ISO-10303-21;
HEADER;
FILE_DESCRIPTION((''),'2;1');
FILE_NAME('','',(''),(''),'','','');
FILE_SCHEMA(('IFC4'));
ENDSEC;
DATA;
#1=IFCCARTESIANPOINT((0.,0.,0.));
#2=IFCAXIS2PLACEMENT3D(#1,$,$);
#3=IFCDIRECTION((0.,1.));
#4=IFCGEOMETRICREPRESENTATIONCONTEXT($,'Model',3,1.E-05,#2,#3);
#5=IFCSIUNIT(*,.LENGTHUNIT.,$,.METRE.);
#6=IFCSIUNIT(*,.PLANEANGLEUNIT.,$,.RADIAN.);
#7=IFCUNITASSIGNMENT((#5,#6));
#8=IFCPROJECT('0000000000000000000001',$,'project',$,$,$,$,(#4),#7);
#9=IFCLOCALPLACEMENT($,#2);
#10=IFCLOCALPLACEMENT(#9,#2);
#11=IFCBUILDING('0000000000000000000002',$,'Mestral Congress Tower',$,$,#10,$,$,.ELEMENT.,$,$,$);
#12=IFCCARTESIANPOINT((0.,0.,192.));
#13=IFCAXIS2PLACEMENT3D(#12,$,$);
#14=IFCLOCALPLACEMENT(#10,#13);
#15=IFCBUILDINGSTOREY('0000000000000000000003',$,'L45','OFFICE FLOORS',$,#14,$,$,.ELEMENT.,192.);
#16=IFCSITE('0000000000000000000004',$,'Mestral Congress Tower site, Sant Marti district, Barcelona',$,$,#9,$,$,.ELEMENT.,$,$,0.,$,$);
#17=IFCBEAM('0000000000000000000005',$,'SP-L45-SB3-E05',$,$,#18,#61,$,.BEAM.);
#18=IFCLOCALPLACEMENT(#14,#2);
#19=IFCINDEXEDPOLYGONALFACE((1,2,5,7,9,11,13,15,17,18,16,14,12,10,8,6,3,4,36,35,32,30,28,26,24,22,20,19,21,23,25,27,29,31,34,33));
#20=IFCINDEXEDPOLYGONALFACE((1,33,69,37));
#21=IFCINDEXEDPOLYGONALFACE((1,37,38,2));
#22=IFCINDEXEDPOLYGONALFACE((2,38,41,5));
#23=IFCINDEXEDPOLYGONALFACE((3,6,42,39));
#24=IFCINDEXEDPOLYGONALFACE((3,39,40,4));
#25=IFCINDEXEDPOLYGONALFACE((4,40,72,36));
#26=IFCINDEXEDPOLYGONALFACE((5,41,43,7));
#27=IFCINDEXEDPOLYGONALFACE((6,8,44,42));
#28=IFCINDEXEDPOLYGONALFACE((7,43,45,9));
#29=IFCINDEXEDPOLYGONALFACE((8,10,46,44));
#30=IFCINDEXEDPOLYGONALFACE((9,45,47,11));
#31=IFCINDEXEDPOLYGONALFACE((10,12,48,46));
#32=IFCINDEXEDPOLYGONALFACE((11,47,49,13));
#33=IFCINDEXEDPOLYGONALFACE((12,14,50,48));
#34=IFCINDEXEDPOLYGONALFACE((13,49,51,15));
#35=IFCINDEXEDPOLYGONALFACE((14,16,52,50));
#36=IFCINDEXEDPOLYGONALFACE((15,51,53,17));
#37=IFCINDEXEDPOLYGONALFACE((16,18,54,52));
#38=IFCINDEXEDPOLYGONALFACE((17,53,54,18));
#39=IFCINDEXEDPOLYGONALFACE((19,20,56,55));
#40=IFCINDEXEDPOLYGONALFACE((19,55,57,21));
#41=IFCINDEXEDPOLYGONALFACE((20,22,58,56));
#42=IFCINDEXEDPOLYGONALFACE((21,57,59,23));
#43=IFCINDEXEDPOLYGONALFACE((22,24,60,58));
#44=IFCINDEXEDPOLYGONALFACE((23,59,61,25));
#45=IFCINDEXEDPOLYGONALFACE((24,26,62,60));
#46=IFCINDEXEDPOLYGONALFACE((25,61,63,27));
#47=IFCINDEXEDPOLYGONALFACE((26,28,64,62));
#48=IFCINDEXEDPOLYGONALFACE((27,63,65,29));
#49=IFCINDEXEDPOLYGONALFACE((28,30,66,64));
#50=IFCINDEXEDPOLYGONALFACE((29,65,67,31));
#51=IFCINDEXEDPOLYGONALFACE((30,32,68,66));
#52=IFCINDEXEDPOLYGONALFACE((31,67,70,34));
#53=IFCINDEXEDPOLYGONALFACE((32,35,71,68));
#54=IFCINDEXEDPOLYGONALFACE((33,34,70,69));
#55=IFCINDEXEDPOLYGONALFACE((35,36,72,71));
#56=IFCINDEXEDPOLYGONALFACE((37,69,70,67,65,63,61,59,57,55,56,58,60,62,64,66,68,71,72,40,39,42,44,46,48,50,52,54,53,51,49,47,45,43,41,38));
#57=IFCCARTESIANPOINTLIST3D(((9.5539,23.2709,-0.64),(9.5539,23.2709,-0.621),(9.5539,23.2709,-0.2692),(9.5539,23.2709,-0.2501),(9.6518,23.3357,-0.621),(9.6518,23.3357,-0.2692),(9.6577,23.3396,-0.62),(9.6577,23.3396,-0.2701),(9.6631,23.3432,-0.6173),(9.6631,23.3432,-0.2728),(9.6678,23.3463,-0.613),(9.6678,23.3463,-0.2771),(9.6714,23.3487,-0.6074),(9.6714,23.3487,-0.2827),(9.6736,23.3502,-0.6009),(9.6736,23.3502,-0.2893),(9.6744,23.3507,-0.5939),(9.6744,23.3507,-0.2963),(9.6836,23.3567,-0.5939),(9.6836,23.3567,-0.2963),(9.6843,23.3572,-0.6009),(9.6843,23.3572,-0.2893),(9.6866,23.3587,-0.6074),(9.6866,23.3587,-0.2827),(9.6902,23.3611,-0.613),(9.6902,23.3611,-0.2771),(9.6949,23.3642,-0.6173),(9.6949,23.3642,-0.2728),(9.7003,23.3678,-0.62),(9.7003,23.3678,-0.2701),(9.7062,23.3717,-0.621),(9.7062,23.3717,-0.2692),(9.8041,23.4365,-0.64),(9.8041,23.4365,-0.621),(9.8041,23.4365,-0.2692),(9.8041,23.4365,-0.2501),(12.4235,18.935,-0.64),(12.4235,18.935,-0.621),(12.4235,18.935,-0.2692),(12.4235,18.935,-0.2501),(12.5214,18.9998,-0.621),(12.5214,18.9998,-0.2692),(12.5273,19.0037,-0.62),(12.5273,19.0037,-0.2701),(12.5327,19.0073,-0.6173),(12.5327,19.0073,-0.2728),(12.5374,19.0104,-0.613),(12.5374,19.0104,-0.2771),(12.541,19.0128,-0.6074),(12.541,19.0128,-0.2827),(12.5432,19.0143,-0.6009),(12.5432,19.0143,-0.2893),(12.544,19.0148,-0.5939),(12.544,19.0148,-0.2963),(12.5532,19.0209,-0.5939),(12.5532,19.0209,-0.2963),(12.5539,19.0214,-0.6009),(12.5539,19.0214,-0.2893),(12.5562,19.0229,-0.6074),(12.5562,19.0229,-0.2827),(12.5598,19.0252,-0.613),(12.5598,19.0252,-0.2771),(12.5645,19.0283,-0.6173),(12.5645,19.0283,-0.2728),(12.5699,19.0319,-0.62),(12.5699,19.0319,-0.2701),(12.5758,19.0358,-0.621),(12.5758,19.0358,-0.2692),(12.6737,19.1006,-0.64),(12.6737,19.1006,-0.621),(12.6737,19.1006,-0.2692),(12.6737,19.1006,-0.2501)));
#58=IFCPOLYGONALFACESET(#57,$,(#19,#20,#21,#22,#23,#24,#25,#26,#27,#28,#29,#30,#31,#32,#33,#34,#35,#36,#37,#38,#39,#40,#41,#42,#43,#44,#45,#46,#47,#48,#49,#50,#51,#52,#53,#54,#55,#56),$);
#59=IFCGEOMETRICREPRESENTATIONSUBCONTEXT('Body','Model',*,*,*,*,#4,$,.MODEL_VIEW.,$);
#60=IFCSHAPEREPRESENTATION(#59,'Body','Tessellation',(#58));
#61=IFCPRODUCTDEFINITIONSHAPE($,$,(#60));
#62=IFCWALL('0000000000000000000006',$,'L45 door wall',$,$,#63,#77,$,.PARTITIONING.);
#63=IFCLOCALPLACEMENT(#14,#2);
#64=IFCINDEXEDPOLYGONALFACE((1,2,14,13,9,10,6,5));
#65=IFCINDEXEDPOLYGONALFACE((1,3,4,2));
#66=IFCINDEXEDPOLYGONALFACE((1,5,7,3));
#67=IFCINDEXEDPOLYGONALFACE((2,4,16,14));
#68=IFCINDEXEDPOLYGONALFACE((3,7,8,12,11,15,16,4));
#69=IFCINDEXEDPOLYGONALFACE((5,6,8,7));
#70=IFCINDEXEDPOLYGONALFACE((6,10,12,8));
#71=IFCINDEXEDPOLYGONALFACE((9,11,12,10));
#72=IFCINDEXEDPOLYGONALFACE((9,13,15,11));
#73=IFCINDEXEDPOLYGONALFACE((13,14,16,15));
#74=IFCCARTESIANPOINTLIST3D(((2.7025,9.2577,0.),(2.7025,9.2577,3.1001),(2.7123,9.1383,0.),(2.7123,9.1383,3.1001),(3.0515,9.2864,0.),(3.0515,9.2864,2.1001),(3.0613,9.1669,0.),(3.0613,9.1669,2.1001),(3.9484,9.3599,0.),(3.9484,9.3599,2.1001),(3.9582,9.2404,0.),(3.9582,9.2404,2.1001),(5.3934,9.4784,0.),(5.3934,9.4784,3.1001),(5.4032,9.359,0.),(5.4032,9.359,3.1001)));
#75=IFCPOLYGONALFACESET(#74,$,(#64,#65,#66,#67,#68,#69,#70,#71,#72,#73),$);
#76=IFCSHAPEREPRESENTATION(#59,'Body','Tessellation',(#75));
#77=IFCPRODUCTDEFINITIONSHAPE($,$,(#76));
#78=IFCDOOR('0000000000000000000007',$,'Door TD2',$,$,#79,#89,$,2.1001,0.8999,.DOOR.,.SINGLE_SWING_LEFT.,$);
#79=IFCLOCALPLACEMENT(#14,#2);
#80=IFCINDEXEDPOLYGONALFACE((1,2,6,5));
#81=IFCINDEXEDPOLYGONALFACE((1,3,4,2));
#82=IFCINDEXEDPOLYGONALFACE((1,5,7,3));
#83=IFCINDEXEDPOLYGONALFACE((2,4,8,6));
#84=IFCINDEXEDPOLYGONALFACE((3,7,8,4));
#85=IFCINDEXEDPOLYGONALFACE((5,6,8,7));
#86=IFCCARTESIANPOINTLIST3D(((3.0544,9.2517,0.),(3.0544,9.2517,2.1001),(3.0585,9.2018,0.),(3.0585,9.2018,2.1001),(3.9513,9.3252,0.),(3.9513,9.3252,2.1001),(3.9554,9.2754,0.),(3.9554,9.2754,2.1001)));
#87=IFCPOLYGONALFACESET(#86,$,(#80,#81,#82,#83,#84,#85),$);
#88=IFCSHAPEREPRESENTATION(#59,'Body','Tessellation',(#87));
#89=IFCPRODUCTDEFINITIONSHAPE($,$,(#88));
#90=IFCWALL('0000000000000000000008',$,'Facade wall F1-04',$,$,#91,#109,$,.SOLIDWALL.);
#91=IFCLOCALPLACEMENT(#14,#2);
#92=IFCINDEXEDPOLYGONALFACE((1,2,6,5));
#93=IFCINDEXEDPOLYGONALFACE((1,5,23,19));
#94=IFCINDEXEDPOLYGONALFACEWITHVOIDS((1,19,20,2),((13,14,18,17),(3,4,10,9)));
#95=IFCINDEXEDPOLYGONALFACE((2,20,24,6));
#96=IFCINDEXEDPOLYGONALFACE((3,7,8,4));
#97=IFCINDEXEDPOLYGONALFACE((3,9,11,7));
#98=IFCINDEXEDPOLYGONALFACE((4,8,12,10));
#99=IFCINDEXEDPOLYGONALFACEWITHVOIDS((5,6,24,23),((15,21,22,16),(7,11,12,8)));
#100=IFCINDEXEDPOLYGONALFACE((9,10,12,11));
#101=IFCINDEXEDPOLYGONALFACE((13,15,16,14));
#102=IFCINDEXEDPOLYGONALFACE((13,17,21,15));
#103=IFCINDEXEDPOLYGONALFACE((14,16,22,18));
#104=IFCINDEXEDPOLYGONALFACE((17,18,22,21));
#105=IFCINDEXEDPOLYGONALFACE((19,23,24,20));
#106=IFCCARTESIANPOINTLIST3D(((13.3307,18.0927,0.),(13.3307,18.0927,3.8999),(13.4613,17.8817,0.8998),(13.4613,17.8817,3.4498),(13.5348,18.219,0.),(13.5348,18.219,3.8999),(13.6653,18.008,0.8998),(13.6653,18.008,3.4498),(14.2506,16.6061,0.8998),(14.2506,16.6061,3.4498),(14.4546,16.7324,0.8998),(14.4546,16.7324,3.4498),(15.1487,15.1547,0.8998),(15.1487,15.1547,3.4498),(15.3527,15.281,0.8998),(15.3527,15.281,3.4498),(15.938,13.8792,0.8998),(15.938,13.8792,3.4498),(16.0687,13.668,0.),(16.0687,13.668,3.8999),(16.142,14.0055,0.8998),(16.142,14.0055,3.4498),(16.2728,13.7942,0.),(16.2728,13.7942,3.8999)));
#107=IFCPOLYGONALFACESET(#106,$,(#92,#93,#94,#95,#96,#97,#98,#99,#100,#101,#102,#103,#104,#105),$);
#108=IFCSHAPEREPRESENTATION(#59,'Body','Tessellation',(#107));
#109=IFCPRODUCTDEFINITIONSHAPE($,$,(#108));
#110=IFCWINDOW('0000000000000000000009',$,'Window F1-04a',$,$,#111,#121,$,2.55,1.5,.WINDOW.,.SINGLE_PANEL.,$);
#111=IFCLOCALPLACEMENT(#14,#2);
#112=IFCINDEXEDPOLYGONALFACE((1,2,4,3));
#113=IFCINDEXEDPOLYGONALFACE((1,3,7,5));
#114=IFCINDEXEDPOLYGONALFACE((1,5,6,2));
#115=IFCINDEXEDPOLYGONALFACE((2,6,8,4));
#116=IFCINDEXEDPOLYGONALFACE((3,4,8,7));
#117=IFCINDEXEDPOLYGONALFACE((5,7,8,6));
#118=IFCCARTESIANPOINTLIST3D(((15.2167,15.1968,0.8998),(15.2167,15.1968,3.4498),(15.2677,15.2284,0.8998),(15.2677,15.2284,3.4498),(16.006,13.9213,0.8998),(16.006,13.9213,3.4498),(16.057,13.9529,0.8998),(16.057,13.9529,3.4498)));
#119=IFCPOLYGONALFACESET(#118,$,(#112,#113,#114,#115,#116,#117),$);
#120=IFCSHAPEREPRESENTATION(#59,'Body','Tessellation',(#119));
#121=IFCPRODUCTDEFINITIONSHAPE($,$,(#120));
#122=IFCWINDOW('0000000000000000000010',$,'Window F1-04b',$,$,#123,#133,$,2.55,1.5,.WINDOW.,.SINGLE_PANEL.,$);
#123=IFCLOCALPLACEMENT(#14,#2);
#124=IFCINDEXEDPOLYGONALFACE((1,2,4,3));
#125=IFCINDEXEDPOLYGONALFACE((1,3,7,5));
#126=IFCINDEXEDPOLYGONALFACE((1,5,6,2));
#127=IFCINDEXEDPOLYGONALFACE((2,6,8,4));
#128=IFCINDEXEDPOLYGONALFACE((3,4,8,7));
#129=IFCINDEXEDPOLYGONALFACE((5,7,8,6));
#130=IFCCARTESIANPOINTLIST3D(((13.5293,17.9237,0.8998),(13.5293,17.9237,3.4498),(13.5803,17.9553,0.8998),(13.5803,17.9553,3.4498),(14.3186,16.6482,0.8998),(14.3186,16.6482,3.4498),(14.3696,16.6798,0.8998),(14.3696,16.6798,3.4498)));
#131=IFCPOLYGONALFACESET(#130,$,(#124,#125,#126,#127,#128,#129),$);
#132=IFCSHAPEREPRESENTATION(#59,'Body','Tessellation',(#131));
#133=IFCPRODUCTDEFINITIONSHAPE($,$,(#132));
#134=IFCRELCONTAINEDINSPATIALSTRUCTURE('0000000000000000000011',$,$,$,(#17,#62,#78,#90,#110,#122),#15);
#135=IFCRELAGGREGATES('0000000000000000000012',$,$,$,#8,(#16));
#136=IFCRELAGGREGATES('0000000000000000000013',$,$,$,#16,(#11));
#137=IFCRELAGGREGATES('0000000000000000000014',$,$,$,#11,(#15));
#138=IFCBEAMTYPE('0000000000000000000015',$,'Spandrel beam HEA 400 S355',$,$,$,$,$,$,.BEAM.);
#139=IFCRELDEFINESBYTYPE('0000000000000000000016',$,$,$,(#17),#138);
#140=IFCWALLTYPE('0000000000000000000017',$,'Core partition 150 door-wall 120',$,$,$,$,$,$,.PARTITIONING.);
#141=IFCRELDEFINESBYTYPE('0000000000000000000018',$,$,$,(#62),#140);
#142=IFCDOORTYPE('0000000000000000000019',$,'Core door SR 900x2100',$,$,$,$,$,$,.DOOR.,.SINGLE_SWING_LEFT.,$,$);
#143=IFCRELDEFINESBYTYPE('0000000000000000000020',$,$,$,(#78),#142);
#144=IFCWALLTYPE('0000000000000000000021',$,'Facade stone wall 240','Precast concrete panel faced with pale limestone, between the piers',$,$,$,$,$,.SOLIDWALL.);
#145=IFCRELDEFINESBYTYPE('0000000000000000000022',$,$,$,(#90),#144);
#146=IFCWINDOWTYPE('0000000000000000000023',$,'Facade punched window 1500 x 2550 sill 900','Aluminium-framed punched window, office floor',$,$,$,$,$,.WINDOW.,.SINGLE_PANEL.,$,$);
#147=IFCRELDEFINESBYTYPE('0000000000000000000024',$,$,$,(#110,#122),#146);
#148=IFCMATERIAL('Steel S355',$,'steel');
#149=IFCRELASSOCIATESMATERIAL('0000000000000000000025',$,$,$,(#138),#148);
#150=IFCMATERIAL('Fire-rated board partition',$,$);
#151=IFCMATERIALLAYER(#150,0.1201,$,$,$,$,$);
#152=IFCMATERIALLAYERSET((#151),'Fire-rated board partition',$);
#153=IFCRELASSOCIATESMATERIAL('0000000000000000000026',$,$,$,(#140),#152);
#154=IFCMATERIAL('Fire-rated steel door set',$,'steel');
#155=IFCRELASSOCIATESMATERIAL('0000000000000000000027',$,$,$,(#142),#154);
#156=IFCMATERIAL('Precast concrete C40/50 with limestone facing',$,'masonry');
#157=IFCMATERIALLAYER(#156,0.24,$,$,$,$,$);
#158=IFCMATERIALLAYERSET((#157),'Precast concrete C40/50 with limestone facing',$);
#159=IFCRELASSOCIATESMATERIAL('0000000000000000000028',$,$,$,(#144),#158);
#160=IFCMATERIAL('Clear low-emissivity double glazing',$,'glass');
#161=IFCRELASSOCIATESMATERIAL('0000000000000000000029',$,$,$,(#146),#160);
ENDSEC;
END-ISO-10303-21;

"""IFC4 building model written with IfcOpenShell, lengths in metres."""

from ifc_helpers import new_model, si_unit, direction, frame, frame_2d, origin, origin_2d, place, context, subcontext, project, spatial, rectangle, i_section, extrude, material, layer, layer_set, material_profile, profile_set, type_object, element, fill, save


model = new_model("IFC4")

# Units and contexts
model_context = context("Model", 3, precision=1e-05, world=origin(), true_north=direction((0.0, 1.0)))
body_context = subcontext(model_context, "Body", "Model", "MODEL_VIEW")
ifc_project = project(units=[si_unit("LENGTHUNIT", "METRE"), si_unit("PLANEANGLEUNIT", "RADIAN")], contexts=[model_context])

# Site, building, storey
site_placement = place(None, origin())
site = spatial("IfcSite", under=ifc_project, at=site_placement, Name="Mestral Congress Tower site, Sant Marti district, Barcelona", CompositionType="ELEMENT", RefElevation=0.0)
building_placement = place(site_placement, origin())
building = spatial("IfcBuilding", under=site, at=building_placement, Name="Mestral Congress Tower", CompositionType="ELEMENT")
storey_placement = place(building_placement, frame((0.0, 0.0, 192.0)))
storey = spatial("IfcBuildingStorey", under=building, at=storey_placement, Name="L45", Description="OFFICE FLOORS", CompositionType="ELEMENT", Elevation=192.0)

# Beam
ifc_material_1 = material(Name="Steel S355", Category="steel")
ifc_material_profile_1 = material_profile(ifc_material_1, i_section(OverallWidth=0.3, OverallDepth=0.3899, WebThickness=0.011, FlangeThickness=0.019, FilletRadius=0.0271, at=origin_2d()), Name="HEA 400")
ifc_profile_set_1 = profile_set([ifc_material_profile_1], Name="Steel S355")
beam_type_1 = type_object("IfcBeamType", Name="Spandrel beam HEA 400 S355", PredefinedType="BEAM", material=ifc_profile_set_1)
for number, where, z_axis, x_axis, name in (
    (1, (12.5486, 19.0178, -0.4451), (-0.551901, 0.833909, 0.0), (-0.833909, -0.551901, 0.0), "SP-L45-SB3-E05"),
):
    element("IfcBeam", number, at=place(storey_placement, frame(where, z_axis=z_axis, x_axis=x_axis)), inside=storey, type_object=beam_type_1, Name=name, PredefinedType="BEAM", context=body_context, shape_type="SweptSolid", body=[
        extrude(i_section(OverallWidth=0.3, OverallDepth=0.3899, WebThickness=0.011, FlangeThickness=0.019, FilletRadius=0.0271, at=origin_2d()), origin(), (0.0, 0.0, 1.0), 5.1995),
    ])

# Wall, opening, door
ifc_material_2 = material(Name="Fire-rated board partition")
ifc_layer_1 = layer(ifc_material_2, 0.1201)
ifc_layer_set_1 = layer_set([ifc_layer_1], Name="Fire-rated board partition")
wall_type_1 = type_object("IfcWallType", Name="Core partition 150 door-wall 120", PredefinedType="PARTITIONING", material=ifc_layer_set_1)
wall_1_placement = place(storey_placement, frame((5.3984, 9.4187, 0.0), z_axis=(0.0, 0.0, 1.0), x_axis=(-0.996653, -0.081743, 0.0)))
wall_1 = element("IfcWall", 2, at=wall_1_placement, inside=storey, type_object=wall_type_1, Name="L45 door wall", PredefinedType="PARTITIONING", context=body_context, shape_type="SweptSolid", body=[
    extrude(rectangle(XDim=2.7, YDim=0.1199, at=frame_2d((1.3501, 0.0))), origin(), (0.0, 0.0, 1.0), 3.1001),
])
opening_1_placement = place(wall_1_placement, frame((1.45, 0.0, 0.0)))
opening_1 = element("IfcOpeningElement", 3, at=opening_1_placement, cuts=wall_1, PredefinedType="OPENING", context=body_context, shape_type="SweptSolid", body=[
    extrude(rectangle(XDim=0.8999, YDim=2.1001, at=frame_2d((0.45, 1.05))), frame((0.0, 0.0698, 0.0), z_axis=(0.0, -1.0, 0.0), x_axis=(1.0, 0.0, 0.0)), (0.0, 0.0, 1.0), 0.1399),
])
ifc_material_3 = material(Name="Fire-rated steel door set", Category="steel")
door_type_1 = type_object("IfcDoorType", Name="Core door SR 900x2100", OperationType="SINGLE_SWING_LEFT", PredefinedType="DOOR", material=ifc_material_3)
door_1_placement = place(opening_1_placement, origin())
door_1 = element("IfcDoor", 4, at=door_1_placement, inside=storey, type_object=door_type_1, Name="Door TD2", OperationType="SINGLE_SWING_LEFT", OverallHeight=2.1001, OverallWidth=0.8999, PredefinedType="DOOR", context=body_context, shape_type="SweptSolid", body=[
    extrude(rectangle(XDim=0.8999, YDim=2.1001, at=frame_2d((0.45, 1.05))), frame((0.0, 0.0249, 0.0), z_axis=(0.0, -1.0, 0.0), x_axis=(1.0, 0.0, 0.0)), (0.0, 0.0, 1.0), 0.05),
])
fill(opening_1, door_1)

# Wall, openings, windows
ifc_material_4 = material(Name="Precast concrete C40/50 with limestone facing", Category="masonry")
ifc_layer_2 = layer(ifc_material_4, 0.24)
ifc_layer_set_2 = layer_set([ifc_layer_2], Name="Precast concrete C40/50 with limestone facing")
wall_type_2 = type_object("IfcWallType", Name="Facade stone wall 240", Description="Precast concrete panel faced with pale limestone, between the piers", PredefinedType="SOLIDWALL", material=ifc_layer_set_2)
wall_2_placement = place(storey_placement, frame((16.1707, 13.7312, 0.0), z_axis=(0.0, 0.0, 1.0), x_axis=(-0.526198, 0.850362, 0.0)))
wall_2 = element("IfcWall", 5, at=wall_2_placement, inside=storey, type_object=wall_type_2, Name="Facade wall F1-04", PredefinedType="SOLIDWALL", context=body_context, shape_type="SweptSolid", body=[
    extrude(rectangle(XDim=5.2034, YDim=0.24, at=frame_2d((2.6016, 0.0))), origin(), (0.0, 0.0, 1.0), 3.8999),
])
opening_2_placement = place(wall_2_placement, frame((0.2483, 0.0, 0.8999)))
opening_2 = element("IfcOpeningElement", 6, at=opening_2_placement, cuts=wall_2, PredefinedType="OPENING", context=body_context, shape_type="SweptSolid", body=[
    extrude(rectangle(XDim=1.5, YDim=2.55, at=frame_2d((0.75, 1.2749))), frame((0.0, 0.1299, 0.0), z_axis=(0.0, -1.0, 0.0), x_axis=(1.0, 0.0, 0.0)), (0.0, 0.0, 1.0), 0.26),
])
opening_3_placement = place(wall_2_placement, frame((3.4551, 0.0, 0.8999)))
opening_3 = element("IfcOpeningElement", 7, at=opening_3_placement, cuts=wall_2, PredefinedType="OPENING", context=body_context, shape_type="SweptSolid", body=[
    extrude(rectangle(XDim=1.5, YDim=2.55, at=frame_2d((0.75, 1.2749))), frame((0.0, 0.1299, 0.0), z_axis=(0.0, -1.0, 0.0), x_axis=(1.0, 0.0, 0.0)), (0.0, 0.0, 1.0), 0.26),
])
ifc_material_5 = material(Name="Clear low-emissivity double glazing", Category="glass")
window_type = type_object("IfcWindowType", Name="Facade punched window 1500 x 2550 sill 900", Description="Aluminium-framed punched window, office floor", PartitioningType="SINGLE_PANEL", PredefinedType="WINDOW", material=ifc_material_5)
window_1_placement = place(opening_2_placement, origin())
window_1 = element("IfcWindow", 8, at=window_1_placement, inside=storey, type_object=window_type, Name="Window F1-04a", OverallHeight=2.55, OverallWidth=1.5, PartitioningType="SINGLE_PANEL", PredefinedType="WINDOW", context=body_context, shape_type="SweptSolid", body=[
    extrude(rectangle(XDim=1.5, YDim=2.55, at=frame_2d((0.75, 1.2749))), frame((0.0, 0.04, 0.0), z_axis=(0.0, -1.0, 0.0), x_axis=(1.0, 0.0, 0.0)), (0.0, 0.0, 1.0), 0.0601),
])
fill(opening_2, window_1)
window_2_placement = place(opening_3_placement, origin())
window_2 = element("IfcWindow", 9, at=window_2_placement, inside=storey, type_object=window_type, Name="Window F1-04b", OverallHeight=2.55, OverallWidth=1.5, PartitioningType="SINGLE_PANEL", PredefinedType="WINDOW", context=body_context, shape_type="SweptSolid", body=[
    extrude(rectangle(XDim=1.5, YDim=2.55, at=frame_2d((0.75, 1.2749))), frame((0.0, 0.04, 0.0), z_axis=(0.0, -1.0, 0.0), x_axis=(1.0, 0.0, 0.0)), (0.0, 0.0, 1.0), 0.0601),
])
fill(opening_3, window_2)

save(model, "model.ifc")
